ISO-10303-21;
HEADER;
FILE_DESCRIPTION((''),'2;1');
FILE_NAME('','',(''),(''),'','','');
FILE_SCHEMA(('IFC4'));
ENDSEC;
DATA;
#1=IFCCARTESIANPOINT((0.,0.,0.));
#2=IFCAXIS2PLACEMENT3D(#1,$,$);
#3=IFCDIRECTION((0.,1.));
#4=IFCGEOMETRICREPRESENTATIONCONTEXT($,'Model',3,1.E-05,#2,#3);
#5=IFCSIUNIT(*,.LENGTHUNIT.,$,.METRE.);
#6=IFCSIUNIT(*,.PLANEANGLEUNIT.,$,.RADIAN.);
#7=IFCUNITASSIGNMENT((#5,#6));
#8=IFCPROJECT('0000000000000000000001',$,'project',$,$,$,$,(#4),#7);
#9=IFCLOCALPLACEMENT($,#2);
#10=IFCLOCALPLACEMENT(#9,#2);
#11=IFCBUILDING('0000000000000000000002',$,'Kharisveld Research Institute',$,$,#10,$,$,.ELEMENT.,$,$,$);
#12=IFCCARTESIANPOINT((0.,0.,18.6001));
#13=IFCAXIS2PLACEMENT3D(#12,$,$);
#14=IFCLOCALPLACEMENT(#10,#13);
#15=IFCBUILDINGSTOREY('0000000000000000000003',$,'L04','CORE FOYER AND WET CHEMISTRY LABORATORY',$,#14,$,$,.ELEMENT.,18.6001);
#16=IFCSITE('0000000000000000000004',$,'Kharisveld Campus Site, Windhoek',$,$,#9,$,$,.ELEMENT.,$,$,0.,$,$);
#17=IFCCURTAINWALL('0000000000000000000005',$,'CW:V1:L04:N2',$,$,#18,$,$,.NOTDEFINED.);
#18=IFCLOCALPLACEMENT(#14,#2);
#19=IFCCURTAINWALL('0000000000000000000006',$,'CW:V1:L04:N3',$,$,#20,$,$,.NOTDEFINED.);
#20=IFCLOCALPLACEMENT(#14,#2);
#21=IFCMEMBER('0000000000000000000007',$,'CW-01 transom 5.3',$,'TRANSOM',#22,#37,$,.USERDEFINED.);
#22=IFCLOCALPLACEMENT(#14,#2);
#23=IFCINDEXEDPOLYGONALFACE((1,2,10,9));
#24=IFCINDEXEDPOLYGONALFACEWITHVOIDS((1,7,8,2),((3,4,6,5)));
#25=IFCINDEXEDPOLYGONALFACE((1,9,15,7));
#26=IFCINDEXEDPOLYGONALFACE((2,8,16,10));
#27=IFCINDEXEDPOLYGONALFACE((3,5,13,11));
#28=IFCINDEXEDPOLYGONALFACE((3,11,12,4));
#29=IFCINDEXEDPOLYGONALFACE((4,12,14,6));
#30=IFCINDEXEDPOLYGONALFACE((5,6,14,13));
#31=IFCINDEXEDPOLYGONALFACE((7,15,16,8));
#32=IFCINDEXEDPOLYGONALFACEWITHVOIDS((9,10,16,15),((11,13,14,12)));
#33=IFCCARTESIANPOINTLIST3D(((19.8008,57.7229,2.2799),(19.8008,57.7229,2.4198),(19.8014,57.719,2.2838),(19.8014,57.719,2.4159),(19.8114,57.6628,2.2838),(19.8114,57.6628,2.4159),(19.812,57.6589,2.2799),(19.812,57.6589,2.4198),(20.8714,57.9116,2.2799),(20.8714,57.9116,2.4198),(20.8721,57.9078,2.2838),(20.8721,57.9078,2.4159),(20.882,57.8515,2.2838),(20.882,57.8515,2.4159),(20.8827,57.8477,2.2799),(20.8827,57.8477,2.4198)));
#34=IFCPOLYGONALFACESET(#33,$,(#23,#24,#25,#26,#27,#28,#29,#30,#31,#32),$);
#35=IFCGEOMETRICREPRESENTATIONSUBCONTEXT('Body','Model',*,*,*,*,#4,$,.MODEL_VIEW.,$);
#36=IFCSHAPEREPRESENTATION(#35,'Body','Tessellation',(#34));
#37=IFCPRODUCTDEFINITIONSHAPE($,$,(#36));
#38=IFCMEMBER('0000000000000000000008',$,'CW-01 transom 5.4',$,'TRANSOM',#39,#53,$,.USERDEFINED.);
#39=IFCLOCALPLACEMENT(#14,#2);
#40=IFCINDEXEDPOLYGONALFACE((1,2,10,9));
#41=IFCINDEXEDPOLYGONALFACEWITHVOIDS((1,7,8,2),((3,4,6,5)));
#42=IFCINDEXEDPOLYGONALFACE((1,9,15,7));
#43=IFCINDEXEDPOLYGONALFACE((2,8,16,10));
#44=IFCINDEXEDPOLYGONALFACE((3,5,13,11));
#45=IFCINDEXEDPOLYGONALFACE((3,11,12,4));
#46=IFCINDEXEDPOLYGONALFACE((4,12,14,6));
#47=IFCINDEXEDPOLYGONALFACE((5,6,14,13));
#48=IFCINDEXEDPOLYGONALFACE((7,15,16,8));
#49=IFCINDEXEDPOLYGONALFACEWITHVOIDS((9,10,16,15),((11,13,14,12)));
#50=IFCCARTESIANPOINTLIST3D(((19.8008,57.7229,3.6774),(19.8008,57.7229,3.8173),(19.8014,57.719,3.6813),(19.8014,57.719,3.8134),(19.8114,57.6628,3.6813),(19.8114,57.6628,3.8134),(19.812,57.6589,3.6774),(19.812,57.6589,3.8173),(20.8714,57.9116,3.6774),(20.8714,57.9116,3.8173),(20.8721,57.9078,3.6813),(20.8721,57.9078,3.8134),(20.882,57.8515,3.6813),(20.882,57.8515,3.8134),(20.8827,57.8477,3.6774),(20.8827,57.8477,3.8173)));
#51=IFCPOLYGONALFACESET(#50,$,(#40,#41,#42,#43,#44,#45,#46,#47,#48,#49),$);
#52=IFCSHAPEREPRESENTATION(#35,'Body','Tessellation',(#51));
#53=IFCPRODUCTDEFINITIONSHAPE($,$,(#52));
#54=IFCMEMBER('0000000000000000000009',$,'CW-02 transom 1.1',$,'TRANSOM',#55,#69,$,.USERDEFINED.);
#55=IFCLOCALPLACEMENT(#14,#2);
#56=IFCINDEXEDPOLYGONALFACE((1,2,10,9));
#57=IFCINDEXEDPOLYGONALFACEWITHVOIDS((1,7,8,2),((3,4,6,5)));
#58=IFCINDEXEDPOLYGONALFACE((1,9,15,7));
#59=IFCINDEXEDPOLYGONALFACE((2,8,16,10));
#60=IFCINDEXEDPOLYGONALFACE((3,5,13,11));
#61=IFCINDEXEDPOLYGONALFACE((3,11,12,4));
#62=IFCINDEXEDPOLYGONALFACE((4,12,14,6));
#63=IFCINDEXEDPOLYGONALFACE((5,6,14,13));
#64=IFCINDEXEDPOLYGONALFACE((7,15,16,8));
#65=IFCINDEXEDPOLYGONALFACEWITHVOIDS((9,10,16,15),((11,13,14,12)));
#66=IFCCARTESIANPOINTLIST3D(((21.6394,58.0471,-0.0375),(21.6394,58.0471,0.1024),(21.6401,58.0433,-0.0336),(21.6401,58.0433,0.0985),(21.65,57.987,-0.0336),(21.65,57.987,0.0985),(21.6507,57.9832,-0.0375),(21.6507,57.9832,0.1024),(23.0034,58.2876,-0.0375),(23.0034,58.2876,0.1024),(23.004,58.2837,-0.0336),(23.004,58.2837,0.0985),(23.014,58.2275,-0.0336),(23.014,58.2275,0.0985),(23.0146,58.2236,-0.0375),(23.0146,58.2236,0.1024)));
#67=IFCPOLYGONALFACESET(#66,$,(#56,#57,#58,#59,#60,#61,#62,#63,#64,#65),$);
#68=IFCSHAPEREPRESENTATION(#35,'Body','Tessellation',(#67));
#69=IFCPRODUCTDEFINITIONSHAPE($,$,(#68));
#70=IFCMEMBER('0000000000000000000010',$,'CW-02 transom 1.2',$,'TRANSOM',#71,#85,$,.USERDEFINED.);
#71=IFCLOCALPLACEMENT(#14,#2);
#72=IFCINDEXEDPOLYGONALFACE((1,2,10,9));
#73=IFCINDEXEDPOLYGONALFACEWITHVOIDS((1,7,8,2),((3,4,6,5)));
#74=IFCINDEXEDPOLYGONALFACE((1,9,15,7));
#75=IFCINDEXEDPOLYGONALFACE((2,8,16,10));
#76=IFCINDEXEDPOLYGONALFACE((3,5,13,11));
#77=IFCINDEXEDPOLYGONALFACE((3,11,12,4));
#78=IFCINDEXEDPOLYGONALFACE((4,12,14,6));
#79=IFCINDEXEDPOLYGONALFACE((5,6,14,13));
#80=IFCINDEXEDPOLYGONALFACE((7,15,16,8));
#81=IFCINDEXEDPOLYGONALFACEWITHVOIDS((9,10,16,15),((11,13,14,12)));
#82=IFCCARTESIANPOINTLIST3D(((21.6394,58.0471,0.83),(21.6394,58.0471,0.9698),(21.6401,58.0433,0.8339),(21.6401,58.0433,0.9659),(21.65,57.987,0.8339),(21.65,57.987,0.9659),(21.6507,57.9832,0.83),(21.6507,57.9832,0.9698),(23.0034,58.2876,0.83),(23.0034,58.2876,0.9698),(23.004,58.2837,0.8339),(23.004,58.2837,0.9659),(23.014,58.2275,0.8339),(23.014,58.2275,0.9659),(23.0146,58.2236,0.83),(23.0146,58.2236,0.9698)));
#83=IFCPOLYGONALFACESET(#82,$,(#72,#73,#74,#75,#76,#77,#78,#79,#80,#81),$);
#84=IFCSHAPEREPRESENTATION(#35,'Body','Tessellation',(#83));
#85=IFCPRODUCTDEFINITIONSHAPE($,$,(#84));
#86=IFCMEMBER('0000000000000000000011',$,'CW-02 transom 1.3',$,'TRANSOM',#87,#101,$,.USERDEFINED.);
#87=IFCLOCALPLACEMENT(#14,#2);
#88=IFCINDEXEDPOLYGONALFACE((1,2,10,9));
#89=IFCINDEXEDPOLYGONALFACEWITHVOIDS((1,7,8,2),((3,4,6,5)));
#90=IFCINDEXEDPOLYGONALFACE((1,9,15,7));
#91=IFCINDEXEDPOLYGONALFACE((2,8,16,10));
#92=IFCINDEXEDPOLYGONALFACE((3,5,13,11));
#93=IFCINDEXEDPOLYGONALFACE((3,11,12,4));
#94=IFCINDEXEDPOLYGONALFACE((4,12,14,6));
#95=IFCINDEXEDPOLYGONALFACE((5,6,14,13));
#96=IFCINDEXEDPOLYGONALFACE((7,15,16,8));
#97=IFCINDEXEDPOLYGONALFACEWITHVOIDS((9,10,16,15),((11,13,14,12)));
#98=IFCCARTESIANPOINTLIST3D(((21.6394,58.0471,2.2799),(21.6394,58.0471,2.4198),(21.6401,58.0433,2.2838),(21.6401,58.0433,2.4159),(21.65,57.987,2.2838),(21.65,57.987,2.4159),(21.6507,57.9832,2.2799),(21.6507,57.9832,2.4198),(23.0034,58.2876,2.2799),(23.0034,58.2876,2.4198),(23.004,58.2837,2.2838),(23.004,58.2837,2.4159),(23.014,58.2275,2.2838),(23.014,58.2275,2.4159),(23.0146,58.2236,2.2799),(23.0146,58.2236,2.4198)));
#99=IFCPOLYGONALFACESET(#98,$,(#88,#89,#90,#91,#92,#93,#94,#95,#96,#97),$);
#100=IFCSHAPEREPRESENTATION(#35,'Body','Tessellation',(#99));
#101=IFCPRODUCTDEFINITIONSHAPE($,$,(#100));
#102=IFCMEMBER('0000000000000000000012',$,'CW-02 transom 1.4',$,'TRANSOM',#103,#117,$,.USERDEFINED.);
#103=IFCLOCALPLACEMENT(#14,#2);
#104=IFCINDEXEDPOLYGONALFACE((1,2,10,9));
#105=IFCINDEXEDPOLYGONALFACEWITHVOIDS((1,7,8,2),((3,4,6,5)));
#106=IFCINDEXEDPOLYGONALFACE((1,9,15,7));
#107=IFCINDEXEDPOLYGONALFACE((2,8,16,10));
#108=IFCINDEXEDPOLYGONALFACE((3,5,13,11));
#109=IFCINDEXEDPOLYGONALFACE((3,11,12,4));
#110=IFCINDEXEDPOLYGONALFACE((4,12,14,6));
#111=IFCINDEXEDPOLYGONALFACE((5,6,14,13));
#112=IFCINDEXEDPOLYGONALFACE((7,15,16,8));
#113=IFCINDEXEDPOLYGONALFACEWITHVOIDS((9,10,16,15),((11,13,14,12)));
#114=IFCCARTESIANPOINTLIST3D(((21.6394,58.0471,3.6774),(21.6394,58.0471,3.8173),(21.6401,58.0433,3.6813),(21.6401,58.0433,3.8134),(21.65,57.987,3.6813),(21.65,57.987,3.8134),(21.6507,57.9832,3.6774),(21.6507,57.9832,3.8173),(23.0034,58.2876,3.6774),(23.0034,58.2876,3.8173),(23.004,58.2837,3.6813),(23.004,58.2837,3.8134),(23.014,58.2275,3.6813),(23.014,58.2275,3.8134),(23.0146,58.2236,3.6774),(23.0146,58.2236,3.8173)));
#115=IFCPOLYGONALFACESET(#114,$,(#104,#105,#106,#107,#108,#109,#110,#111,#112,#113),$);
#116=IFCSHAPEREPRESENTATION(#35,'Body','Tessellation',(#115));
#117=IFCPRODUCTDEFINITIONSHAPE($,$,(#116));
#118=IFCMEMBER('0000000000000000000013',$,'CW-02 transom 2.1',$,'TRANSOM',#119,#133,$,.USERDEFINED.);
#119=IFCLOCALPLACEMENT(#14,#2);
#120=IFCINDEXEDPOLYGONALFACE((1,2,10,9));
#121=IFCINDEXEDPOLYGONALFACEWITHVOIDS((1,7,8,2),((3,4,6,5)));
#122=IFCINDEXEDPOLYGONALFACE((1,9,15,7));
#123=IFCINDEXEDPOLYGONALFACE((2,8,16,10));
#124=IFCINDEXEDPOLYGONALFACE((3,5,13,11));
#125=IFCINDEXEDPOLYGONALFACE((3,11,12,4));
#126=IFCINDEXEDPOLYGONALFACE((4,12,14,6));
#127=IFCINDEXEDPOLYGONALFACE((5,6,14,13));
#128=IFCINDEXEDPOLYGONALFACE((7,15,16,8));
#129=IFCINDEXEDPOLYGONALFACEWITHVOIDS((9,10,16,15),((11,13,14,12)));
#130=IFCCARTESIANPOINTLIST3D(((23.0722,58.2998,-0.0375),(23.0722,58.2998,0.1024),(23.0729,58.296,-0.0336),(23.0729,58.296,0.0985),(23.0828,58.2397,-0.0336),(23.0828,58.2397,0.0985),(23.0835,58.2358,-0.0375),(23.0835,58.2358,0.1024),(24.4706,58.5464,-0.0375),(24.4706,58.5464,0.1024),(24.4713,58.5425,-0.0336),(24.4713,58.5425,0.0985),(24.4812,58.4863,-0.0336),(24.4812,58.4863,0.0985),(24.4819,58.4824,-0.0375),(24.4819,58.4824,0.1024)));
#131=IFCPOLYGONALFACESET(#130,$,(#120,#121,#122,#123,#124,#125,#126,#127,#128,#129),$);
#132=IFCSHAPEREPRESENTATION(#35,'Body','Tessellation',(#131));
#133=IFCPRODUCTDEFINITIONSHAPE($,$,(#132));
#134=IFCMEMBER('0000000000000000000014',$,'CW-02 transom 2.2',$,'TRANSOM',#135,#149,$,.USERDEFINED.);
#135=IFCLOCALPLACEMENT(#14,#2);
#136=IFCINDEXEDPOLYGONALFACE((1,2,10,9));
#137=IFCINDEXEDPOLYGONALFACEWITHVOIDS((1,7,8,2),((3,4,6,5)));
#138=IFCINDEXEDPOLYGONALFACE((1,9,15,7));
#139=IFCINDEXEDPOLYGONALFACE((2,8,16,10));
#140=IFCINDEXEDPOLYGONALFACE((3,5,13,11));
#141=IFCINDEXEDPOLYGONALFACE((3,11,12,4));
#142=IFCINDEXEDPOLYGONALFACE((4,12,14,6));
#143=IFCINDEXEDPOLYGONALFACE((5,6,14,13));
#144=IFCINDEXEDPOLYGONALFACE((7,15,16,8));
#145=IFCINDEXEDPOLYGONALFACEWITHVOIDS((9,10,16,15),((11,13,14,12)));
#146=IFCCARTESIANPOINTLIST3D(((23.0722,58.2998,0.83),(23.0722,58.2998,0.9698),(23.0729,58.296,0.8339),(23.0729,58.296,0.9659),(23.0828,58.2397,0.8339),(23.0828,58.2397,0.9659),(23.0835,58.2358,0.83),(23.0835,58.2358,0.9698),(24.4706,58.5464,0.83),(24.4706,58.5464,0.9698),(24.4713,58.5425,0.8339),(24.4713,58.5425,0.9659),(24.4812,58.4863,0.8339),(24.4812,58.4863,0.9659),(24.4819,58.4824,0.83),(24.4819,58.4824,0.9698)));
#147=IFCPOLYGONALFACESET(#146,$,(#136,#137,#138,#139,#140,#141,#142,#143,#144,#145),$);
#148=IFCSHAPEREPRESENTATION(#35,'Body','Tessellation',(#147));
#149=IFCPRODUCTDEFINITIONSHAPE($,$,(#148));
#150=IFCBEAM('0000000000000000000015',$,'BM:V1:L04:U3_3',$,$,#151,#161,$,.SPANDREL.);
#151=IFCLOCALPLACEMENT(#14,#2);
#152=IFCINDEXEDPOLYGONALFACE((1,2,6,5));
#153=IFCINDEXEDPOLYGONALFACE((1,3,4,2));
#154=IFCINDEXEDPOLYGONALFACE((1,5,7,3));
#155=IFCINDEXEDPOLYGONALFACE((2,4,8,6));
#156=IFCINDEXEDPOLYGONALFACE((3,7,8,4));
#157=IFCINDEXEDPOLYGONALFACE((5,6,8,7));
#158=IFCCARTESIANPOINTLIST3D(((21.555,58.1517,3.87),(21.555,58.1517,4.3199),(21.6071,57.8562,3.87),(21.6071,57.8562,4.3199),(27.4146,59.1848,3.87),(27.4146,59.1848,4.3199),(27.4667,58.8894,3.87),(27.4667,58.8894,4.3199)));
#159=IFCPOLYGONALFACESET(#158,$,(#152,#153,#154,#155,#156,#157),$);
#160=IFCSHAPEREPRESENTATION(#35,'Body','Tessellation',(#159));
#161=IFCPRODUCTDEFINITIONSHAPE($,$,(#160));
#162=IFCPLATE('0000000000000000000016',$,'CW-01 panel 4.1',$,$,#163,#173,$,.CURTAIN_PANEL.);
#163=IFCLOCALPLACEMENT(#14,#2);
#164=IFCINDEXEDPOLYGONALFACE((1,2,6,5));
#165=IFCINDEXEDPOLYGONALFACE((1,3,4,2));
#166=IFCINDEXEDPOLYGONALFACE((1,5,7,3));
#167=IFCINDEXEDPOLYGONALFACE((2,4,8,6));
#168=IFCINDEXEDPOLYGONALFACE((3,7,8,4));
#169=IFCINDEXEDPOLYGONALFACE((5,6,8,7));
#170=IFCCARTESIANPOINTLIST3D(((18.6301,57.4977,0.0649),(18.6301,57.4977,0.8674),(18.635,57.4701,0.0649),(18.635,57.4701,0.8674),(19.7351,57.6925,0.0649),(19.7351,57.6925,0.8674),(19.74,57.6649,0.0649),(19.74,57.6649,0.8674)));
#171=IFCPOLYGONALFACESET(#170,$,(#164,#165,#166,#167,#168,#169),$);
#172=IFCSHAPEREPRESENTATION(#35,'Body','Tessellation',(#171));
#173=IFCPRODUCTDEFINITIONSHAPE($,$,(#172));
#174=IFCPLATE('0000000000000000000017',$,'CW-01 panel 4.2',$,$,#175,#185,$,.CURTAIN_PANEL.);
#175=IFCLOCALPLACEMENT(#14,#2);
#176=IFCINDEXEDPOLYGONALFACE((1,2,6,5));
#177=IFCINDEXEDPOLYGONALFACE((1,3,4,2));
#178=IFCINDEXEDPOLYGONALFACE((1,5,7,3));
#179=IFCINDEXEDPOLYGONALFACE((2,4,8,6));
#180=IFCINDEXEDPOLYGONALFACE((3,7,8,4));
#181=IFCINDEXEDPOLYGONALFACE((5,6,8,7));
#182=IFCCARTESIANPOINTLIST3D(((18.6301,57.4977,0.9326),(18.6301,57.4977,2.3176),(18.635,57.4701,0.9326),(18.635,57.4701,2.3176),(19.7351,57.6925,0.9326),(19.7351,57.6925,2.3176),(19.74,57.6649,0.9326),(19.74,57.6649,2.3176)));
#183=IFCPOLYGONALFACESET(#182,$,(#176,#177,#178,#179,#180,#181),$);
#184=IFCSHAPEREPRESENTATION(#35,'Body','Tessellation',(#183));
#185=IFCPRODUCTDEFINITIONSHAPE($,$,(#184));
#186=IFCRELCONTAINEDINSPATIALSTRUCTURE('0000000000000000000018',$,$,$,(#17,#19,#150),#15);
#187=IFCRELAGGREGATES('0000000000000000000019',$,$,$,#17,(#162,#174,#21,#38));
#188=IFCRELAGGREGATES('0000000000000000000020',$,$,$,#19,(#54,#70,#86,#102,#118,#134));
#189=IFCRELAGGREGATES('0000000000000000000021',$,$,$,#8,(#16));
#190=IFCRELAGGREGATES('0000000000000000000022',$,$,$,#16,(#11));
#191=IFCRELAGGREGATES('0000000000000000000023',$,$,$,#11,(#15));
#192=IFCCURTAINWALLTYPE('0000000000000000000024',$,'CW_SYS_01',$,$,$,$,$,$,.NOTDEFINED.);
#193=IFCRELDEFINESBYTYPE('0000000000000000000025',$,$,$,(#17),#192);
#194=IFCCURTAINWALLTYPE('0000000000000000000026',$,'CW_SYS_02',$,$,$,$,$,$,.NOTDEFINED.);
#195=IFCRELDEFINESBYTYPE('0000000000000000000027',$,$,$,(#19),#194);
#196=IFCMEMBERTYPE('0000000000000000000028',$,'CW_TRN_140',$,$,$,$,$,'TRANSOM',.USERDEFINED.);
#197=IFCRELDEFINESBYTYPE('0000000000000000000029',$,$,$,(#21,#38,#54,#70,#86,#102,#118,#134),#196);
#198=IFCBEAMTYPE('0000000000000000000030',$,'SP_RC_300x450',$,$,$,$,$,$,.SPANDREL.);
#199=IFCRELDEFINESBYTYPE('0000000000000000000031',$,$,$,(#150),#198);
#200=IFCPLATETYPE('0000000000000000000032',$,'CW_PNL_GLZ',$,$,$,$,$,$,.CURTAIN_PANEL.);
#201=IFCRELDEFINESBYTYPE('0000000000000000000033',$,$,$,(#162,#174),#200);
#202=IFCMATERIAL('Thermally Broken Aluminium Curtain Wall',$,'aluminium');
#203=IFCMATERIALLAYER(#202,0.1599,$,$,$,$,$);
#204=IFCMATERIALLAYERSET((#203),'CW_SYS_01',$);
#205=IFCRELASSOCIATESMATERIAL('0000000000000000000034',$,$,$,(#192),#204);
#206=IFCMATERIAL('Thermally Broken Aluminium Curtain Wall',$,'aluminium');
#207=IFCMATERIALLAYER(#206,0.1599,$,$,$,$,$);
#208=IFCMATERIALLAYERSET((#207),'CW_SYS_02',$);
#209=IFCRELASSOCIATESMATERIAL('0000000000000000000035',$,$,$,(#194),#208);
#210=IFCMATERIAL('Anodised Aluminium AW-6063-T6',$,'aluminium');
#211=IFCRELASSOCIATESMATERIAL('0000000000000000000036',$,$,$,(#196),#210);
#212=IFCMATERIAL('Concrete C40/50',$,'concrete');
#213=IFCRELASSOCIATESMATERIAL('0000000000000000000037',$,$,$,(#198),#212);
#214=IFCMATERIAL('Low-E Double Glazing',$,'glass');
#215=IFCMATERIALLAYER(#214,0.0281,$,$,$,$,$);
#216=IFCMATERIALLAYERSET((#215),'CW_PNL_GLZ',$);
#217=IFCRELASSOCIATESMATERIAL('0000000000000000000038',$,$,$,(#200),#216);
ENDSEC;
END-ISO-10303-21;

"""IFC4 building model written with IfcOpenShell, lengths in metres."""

from ifc_helpers import new_model, si_unit, direction, frame, origin, origin_2d, place, context, subcontext, project, spatial, rectangle, hollow_rectangle, extrude, material, layer, layer_set, material_profile, profile_set, type_object, element, aggregate, save


model = new_model("IFC4")

# Units and contexts
model_context = context("Model", 3, precision=1e-05, world=origin(), true_north=direction((0.0, 1.0)))
body_context = subcontext(model_context, "Body", "Model", "MODEL_VIEW")
ifc_project = project(units=[si_unit("LENGTHUNIT", "METRE"), si_unit("PLANEANGLEUNIT", "RADIAN")], contexts=[model_context])

# Site, building, storey
site_placement = place(None, origin())
site = spatial("IfcSite", under=ifc_project, at=site_placement, Name="Kharisveld Campus Site, Windhoek", CompositionType="ELEMENT", RefElevation=0.0)
building_placement = place(site_placement, origin())
building = spatial("IfcBuilding", under=site, at=building_placement, Name="Kharisveld Research Institute", CompositionType="ELEMENT")
storey_placement = place(building_placement, frame((0.0, 0.0, 18.6001)))
storey = spatial("IfcBuildingStorey", under=building, at=storey_placement, Name="L04", Description="CORE FOYER AND WET CHEMISTRY LABORATORY", CompositionType="ELEMENT", Elevation=18.6001)

# Curtain walls
ifc_material_1 = material(Name="Thermally Broken Aluminium Curtain Wall", Category="aluminium")
ifc_layer_1 = layer(ifc_material_1, 0.1599)
ifc_layer_set_1 = layer_set([ifc_layer_1], Name="CW_SYS_01")
curtain_wall_type_1 = type_object("IfcCurtainWallType", Name="CW_SYS_01", PredefinedType="NOTDEFINED", material=ifc_layer_set_1)
curtain_wall_1_placement = place(storey_placement, origin())
curtain_wall_1 = element("IfcCurtainWall", 1, at=curtain_wall_1_placement, inside=storey, type_object=curtain_wall_type_1, Name="CW:V1:L04:N2", PredefinedType="NOTDEFINED")
ifc_material_2 = material(Name="Thermally Broken Aluminium Curtain Wall", Category="aluminium")
ifc_layer_2 = layer(ifc_material_2, 0.1599)
ifc_layer_set_2 = layer_set([ifc_layer_2], Name="CW_SYS_02")
curtain_wall_type_2 = type_object("IfcCurtainWallType", Name="CW_SYS_02", PredefinedType="NOTDEFINED", material=ifc_layer_set_2)
curtain_wall_2_placement = place(storey_placement, origin())
curtain_wall_2 = element("IfcCurtainWall", 2, at=curtain_wall_2_placement, inside=storey, type_object=curtain_wall_type_2, Name="CW:V1:L04:N3", PredefinedType="NOTDEFINED")

# Members
ifc_material_3 = material(Name="Anodised Aluminium AW-6063-T6", Category="aluminium")
ifc_material_profile_1 = material_profile(ifc_material_3, hollow_rectangle(XDim=0.0649, YDim=0.1399, WallThickness=0.0039, at=origin_2d()))
ifc_profile_set_1 = profile_set([ifc_material_profile_1], Name="Anodised Aluminium AW-6063-T6")
member_type_1 = type_object("IfcMemberType", Name="CW_TRN_140", ElementType="TRANSOM", PredefinedType="USERDEFINED", material=ifc_profile_set_1)
member_1_placement = place(storey_placement, frame((19.8064, 57.6909, 2.3499), z_axis=(0.984815, 0.173606, 0.0), x_axis=(-0.173606, 0.984815, 0.0)))
member_1 = element("IfcMember", 3, at=member_1_placement, type_object=member_type_1, Name="CW-01 transom 5.3", ObjectType="TRANSOM", PredefinedType="USERDEFINED", context=body_context, shape_type="SweptSolid", body=[
    extrude(hollow_rectangle(XDim=0.0649, YDim=0.1399, WallThickness=0.0039, at=origin_2d()), origin(), (0.0, 0.0, 1.0), 1.0872),
])
member_2_placement = place(storey_placement, frame((19.8064, 57.6909, 3.7473), z_axis=(0.984815, 0.173606, 0.0), x_axis=(-0.173606, 0.984815, 0.0)))
member_2 = element("IfcMember", 4, at=member_2_placement, type_object=member_type_1, Name="CW-01 transom 5.4", ObjectType="TRANSOM", PredefinedType="USERDEFINED", context=body_context, shape_type="SweptSolid", body=[
    extrude(hollow_rectangle(XDim=0.0649, YDim=0.1399, WallThickness=0.0039, at=origin_2d()), origin(), (0.0, 0.0, 1.0), 1.0872),
])
member_3_placement = place(storey_placement, frame((21.645, 58.0151, 0.0325), z_axis=(0.984812, 0.173624, 0.0), x_axis=(-0.173624, 0.984812, 0.0)))
member_3 = element("IfcMember", 5, at=member_3_placement, type_object=member_type_1, Name="CW-02 transom 1.1", ObjectType="TRANSOM", PredefinedType="USERDEFINED", context=body_context, shape_type="SweptSolid", body=[
    extrude(hollow_rectangle(XDim=0.0649, YDim=0.1399, WallThickness=0.0039, at=origin_2d()), origin(), (0.0, 0.0, 1.0), 1.385),
])
member_4_placement = place(storey_placement, frame((21.645, 58.0151, 0.8999), z_axis=(0.984812, 0.173624, 0.0), x_axis=(-0.173624, 0.984812, 0.0)))
member_4 = element("IfcMember", 6, at=member_4_placement, type_object=member_type_1, Name="CW-02 transom 1.2", ObjectType="TRANSOM", PredefinedType="USERDEFINED", context=body_context, shape_type="SweptSolid", body=[
    extrude(hollow_rectangle(XDim=0.0649, YDim=0.1399, WallThickness=0.0039, at=origin_2d()), origin(), (0.0, 0.0, 1.0), 1.385),
])
member_5_placement = place(storey_placement, frame((21.645, 58.0151, 2.3499), z_axis=(0.984812, 0.173624, 0.0), x_axis=(-0.173624, 0.984812, 0.0)))
member_5 = element("IfcMember", 7, at=member_5_placement, type_object=member_type_1, Name="CW-02 transom 1.3", ObjectType="TRANSOM", PredefinedType="USERDEFINED", context=body_context, shape_type="SweptSolid", body=[
    extrude(hollow_rectangle(XDim=0.0649, YDim=0.1399, WallThickness=0.0039, at=origin_2d()), origin(), (0.0, 0.0, 1.0), 1.385),
])
member_6_placement = place(storey_placement, frame((21.645, 58.0151, 3.7473), z_axis=(0.984812, 0.173624, 0.0), x_axis=(-0.173624, 0.984812, 0.0)))
member_6 = element("IfcMember", 8, at=member_6_placement, type_object=member_type_1, Name="CW-02 transom 1.4", ObjectType="TRANSOM", PredefinedType="USERDEFINED", context=body_context, shape_type="SweptSolid", body=[
    extrude(hollow_rectangle(XDim=0.0649, YDim=0.1399, WallThickness=0.0039, at=origin_2d()), origin(), (0.0, 0.0, 1.0), 1.385),
])
member_7_placement = place(storey_placement, frame((23.0779, 58.2678, 0.0325), z_axis=(0.984808, 0.173648, 0.0), x_axis=(-0.173648, 0.984808, 0.0)))
member_7 = element("IfcMember", 9, at=member_7_placement, type_object=member_type_1, Name="CW-02 transom 2.1", ObjectType="TRANSOM", PredefinedType="USERDEFINED", context=body_context, shape_type="SweptSolid", body=[
    extrude(hollow_rectangle(XDim=0.0649, YDim=0.1399, WallThickness=0.0039, at=origin_2d()), origin(), (0.0, 0.0, 1.0), 1.4199),
])
member_8_placement = place(storey_placement, frame((23.0779, 58.2678, 0.8999), z_axis=(0.984808, 0.173648, 0.0), x_axis=(-0.173648, 0.984808, 0.0)))
member_8 = element("IfcMember", 10, at=member_8_placement, type_object=member_type_1, Name="CW-02 transom 2.2", ObjectType="TRANSOM", PredefinedType="USERDEFINED", context=body_context, shape_type="SweptSolid", body=[
    extrude(hollow_rectangle(XDim=0.0649, YDim=0.1399, WallThickness=0.0039, at=origin_2d()), origin(), (0.0, 0.0, 1.0), 1.4199),
])

# Beam
ifc_material_4 = material(Name="Concrete C40/50", Category="concrete")
ifc_material_profile_2 = material_profile(ifc_material_4, rectangle(XDim=0.3, YDim=0.45, at=origin_2d()))
ifc_profile_set_2 = profile_set([ifc_material_profile_2], Name="Concrete C40/50")
beam_type = type_object("IfcBeamType", Name="SP_RC_300x450", PredefinedType="SPANDREL", material=ifc_profile_set_2)
beam_placement = place(storey_placement, frame((21.5811, 58.0039, 4.095), z_axis=(0.984808, 0.173647, 0.0), x_axis=(-0.173647, 0.984808, 0.0)))
element("IfcBeam", 11, at=beam_placement, inside=storey, type_object=beam_type, Name="BM:V1:L04:U3_3", PredefinedType="SPANDREL", context=body_context, shape_type="SweptSolid", body=[
    extrude(rectangle(XDim=0.3, YDim=0.45, at=origin_2d()), origin(), (0.0, 0.0, 1.0), 5.95),
])

# Plates
ifc_material_5 = material(Name="Low-E Double Glazing", Category="glass")
ifc_layer_3 = layer(ifc_material_5, 0.0281)
ifc_layer_set_3 = layer_set([ifc_layer_3], Name="CW_PNL_GLZ")
plate_type = type_object("IfcPlateType", Name="CW_PNL_GLZ", PredefinedType="CURTAIN_PANEL", material=ifc_layer_set_3)
plate_1_placement = place(storey_placement, frame((19.1851, 57.5813, 0.0649), z_axis=(0.0, 0.0, 1.0), x_axis=(0.984808, 0.173648, 0.0)))
plate_1 = element("IfcPlate", 12, at=plate_1_placement, type_object=plate_type, Name="CW-01 panel 4.1", PredefinedType="CURTAIN_PANEL", context=body_context, shape_type="SweptSolid", body=[
    extrude(rectangle(XDim=1.1221, YDim=0.0281, at=origin_2d()), origin(), (0.0, 0.0, 1.0), 0.8025),
])
plate_2_placement = place(storey_placement, frame((19.1851, 57.5813, 0.9326), z_axis=(0.0, 0.0, 1.0), x_axis=(0.984808, 0.173648, 0.0)))
plate_2 = element("IfcPlate", 13, at=plate_2_placement, type_object=plate_type, Name="CW-01 panel 4.2", PredefinedType="CURTAIN_PANEL", context=body_context, shape_type="SweptSolid", body=[
    extrude(rectangle(XDim=1.1221, YDim=0.0281, at=origin_2d()), origin(), (0.0, 0.0, 1.0), 1.385),
])
aggregate(curtain_wall_1, [plate_1, plate_2, member_1, member_2])
aggregate(curtain_wall_2, [member_3, member_4, member_5, member_6, member_7, member_8])

save(model, "model.ifc")
